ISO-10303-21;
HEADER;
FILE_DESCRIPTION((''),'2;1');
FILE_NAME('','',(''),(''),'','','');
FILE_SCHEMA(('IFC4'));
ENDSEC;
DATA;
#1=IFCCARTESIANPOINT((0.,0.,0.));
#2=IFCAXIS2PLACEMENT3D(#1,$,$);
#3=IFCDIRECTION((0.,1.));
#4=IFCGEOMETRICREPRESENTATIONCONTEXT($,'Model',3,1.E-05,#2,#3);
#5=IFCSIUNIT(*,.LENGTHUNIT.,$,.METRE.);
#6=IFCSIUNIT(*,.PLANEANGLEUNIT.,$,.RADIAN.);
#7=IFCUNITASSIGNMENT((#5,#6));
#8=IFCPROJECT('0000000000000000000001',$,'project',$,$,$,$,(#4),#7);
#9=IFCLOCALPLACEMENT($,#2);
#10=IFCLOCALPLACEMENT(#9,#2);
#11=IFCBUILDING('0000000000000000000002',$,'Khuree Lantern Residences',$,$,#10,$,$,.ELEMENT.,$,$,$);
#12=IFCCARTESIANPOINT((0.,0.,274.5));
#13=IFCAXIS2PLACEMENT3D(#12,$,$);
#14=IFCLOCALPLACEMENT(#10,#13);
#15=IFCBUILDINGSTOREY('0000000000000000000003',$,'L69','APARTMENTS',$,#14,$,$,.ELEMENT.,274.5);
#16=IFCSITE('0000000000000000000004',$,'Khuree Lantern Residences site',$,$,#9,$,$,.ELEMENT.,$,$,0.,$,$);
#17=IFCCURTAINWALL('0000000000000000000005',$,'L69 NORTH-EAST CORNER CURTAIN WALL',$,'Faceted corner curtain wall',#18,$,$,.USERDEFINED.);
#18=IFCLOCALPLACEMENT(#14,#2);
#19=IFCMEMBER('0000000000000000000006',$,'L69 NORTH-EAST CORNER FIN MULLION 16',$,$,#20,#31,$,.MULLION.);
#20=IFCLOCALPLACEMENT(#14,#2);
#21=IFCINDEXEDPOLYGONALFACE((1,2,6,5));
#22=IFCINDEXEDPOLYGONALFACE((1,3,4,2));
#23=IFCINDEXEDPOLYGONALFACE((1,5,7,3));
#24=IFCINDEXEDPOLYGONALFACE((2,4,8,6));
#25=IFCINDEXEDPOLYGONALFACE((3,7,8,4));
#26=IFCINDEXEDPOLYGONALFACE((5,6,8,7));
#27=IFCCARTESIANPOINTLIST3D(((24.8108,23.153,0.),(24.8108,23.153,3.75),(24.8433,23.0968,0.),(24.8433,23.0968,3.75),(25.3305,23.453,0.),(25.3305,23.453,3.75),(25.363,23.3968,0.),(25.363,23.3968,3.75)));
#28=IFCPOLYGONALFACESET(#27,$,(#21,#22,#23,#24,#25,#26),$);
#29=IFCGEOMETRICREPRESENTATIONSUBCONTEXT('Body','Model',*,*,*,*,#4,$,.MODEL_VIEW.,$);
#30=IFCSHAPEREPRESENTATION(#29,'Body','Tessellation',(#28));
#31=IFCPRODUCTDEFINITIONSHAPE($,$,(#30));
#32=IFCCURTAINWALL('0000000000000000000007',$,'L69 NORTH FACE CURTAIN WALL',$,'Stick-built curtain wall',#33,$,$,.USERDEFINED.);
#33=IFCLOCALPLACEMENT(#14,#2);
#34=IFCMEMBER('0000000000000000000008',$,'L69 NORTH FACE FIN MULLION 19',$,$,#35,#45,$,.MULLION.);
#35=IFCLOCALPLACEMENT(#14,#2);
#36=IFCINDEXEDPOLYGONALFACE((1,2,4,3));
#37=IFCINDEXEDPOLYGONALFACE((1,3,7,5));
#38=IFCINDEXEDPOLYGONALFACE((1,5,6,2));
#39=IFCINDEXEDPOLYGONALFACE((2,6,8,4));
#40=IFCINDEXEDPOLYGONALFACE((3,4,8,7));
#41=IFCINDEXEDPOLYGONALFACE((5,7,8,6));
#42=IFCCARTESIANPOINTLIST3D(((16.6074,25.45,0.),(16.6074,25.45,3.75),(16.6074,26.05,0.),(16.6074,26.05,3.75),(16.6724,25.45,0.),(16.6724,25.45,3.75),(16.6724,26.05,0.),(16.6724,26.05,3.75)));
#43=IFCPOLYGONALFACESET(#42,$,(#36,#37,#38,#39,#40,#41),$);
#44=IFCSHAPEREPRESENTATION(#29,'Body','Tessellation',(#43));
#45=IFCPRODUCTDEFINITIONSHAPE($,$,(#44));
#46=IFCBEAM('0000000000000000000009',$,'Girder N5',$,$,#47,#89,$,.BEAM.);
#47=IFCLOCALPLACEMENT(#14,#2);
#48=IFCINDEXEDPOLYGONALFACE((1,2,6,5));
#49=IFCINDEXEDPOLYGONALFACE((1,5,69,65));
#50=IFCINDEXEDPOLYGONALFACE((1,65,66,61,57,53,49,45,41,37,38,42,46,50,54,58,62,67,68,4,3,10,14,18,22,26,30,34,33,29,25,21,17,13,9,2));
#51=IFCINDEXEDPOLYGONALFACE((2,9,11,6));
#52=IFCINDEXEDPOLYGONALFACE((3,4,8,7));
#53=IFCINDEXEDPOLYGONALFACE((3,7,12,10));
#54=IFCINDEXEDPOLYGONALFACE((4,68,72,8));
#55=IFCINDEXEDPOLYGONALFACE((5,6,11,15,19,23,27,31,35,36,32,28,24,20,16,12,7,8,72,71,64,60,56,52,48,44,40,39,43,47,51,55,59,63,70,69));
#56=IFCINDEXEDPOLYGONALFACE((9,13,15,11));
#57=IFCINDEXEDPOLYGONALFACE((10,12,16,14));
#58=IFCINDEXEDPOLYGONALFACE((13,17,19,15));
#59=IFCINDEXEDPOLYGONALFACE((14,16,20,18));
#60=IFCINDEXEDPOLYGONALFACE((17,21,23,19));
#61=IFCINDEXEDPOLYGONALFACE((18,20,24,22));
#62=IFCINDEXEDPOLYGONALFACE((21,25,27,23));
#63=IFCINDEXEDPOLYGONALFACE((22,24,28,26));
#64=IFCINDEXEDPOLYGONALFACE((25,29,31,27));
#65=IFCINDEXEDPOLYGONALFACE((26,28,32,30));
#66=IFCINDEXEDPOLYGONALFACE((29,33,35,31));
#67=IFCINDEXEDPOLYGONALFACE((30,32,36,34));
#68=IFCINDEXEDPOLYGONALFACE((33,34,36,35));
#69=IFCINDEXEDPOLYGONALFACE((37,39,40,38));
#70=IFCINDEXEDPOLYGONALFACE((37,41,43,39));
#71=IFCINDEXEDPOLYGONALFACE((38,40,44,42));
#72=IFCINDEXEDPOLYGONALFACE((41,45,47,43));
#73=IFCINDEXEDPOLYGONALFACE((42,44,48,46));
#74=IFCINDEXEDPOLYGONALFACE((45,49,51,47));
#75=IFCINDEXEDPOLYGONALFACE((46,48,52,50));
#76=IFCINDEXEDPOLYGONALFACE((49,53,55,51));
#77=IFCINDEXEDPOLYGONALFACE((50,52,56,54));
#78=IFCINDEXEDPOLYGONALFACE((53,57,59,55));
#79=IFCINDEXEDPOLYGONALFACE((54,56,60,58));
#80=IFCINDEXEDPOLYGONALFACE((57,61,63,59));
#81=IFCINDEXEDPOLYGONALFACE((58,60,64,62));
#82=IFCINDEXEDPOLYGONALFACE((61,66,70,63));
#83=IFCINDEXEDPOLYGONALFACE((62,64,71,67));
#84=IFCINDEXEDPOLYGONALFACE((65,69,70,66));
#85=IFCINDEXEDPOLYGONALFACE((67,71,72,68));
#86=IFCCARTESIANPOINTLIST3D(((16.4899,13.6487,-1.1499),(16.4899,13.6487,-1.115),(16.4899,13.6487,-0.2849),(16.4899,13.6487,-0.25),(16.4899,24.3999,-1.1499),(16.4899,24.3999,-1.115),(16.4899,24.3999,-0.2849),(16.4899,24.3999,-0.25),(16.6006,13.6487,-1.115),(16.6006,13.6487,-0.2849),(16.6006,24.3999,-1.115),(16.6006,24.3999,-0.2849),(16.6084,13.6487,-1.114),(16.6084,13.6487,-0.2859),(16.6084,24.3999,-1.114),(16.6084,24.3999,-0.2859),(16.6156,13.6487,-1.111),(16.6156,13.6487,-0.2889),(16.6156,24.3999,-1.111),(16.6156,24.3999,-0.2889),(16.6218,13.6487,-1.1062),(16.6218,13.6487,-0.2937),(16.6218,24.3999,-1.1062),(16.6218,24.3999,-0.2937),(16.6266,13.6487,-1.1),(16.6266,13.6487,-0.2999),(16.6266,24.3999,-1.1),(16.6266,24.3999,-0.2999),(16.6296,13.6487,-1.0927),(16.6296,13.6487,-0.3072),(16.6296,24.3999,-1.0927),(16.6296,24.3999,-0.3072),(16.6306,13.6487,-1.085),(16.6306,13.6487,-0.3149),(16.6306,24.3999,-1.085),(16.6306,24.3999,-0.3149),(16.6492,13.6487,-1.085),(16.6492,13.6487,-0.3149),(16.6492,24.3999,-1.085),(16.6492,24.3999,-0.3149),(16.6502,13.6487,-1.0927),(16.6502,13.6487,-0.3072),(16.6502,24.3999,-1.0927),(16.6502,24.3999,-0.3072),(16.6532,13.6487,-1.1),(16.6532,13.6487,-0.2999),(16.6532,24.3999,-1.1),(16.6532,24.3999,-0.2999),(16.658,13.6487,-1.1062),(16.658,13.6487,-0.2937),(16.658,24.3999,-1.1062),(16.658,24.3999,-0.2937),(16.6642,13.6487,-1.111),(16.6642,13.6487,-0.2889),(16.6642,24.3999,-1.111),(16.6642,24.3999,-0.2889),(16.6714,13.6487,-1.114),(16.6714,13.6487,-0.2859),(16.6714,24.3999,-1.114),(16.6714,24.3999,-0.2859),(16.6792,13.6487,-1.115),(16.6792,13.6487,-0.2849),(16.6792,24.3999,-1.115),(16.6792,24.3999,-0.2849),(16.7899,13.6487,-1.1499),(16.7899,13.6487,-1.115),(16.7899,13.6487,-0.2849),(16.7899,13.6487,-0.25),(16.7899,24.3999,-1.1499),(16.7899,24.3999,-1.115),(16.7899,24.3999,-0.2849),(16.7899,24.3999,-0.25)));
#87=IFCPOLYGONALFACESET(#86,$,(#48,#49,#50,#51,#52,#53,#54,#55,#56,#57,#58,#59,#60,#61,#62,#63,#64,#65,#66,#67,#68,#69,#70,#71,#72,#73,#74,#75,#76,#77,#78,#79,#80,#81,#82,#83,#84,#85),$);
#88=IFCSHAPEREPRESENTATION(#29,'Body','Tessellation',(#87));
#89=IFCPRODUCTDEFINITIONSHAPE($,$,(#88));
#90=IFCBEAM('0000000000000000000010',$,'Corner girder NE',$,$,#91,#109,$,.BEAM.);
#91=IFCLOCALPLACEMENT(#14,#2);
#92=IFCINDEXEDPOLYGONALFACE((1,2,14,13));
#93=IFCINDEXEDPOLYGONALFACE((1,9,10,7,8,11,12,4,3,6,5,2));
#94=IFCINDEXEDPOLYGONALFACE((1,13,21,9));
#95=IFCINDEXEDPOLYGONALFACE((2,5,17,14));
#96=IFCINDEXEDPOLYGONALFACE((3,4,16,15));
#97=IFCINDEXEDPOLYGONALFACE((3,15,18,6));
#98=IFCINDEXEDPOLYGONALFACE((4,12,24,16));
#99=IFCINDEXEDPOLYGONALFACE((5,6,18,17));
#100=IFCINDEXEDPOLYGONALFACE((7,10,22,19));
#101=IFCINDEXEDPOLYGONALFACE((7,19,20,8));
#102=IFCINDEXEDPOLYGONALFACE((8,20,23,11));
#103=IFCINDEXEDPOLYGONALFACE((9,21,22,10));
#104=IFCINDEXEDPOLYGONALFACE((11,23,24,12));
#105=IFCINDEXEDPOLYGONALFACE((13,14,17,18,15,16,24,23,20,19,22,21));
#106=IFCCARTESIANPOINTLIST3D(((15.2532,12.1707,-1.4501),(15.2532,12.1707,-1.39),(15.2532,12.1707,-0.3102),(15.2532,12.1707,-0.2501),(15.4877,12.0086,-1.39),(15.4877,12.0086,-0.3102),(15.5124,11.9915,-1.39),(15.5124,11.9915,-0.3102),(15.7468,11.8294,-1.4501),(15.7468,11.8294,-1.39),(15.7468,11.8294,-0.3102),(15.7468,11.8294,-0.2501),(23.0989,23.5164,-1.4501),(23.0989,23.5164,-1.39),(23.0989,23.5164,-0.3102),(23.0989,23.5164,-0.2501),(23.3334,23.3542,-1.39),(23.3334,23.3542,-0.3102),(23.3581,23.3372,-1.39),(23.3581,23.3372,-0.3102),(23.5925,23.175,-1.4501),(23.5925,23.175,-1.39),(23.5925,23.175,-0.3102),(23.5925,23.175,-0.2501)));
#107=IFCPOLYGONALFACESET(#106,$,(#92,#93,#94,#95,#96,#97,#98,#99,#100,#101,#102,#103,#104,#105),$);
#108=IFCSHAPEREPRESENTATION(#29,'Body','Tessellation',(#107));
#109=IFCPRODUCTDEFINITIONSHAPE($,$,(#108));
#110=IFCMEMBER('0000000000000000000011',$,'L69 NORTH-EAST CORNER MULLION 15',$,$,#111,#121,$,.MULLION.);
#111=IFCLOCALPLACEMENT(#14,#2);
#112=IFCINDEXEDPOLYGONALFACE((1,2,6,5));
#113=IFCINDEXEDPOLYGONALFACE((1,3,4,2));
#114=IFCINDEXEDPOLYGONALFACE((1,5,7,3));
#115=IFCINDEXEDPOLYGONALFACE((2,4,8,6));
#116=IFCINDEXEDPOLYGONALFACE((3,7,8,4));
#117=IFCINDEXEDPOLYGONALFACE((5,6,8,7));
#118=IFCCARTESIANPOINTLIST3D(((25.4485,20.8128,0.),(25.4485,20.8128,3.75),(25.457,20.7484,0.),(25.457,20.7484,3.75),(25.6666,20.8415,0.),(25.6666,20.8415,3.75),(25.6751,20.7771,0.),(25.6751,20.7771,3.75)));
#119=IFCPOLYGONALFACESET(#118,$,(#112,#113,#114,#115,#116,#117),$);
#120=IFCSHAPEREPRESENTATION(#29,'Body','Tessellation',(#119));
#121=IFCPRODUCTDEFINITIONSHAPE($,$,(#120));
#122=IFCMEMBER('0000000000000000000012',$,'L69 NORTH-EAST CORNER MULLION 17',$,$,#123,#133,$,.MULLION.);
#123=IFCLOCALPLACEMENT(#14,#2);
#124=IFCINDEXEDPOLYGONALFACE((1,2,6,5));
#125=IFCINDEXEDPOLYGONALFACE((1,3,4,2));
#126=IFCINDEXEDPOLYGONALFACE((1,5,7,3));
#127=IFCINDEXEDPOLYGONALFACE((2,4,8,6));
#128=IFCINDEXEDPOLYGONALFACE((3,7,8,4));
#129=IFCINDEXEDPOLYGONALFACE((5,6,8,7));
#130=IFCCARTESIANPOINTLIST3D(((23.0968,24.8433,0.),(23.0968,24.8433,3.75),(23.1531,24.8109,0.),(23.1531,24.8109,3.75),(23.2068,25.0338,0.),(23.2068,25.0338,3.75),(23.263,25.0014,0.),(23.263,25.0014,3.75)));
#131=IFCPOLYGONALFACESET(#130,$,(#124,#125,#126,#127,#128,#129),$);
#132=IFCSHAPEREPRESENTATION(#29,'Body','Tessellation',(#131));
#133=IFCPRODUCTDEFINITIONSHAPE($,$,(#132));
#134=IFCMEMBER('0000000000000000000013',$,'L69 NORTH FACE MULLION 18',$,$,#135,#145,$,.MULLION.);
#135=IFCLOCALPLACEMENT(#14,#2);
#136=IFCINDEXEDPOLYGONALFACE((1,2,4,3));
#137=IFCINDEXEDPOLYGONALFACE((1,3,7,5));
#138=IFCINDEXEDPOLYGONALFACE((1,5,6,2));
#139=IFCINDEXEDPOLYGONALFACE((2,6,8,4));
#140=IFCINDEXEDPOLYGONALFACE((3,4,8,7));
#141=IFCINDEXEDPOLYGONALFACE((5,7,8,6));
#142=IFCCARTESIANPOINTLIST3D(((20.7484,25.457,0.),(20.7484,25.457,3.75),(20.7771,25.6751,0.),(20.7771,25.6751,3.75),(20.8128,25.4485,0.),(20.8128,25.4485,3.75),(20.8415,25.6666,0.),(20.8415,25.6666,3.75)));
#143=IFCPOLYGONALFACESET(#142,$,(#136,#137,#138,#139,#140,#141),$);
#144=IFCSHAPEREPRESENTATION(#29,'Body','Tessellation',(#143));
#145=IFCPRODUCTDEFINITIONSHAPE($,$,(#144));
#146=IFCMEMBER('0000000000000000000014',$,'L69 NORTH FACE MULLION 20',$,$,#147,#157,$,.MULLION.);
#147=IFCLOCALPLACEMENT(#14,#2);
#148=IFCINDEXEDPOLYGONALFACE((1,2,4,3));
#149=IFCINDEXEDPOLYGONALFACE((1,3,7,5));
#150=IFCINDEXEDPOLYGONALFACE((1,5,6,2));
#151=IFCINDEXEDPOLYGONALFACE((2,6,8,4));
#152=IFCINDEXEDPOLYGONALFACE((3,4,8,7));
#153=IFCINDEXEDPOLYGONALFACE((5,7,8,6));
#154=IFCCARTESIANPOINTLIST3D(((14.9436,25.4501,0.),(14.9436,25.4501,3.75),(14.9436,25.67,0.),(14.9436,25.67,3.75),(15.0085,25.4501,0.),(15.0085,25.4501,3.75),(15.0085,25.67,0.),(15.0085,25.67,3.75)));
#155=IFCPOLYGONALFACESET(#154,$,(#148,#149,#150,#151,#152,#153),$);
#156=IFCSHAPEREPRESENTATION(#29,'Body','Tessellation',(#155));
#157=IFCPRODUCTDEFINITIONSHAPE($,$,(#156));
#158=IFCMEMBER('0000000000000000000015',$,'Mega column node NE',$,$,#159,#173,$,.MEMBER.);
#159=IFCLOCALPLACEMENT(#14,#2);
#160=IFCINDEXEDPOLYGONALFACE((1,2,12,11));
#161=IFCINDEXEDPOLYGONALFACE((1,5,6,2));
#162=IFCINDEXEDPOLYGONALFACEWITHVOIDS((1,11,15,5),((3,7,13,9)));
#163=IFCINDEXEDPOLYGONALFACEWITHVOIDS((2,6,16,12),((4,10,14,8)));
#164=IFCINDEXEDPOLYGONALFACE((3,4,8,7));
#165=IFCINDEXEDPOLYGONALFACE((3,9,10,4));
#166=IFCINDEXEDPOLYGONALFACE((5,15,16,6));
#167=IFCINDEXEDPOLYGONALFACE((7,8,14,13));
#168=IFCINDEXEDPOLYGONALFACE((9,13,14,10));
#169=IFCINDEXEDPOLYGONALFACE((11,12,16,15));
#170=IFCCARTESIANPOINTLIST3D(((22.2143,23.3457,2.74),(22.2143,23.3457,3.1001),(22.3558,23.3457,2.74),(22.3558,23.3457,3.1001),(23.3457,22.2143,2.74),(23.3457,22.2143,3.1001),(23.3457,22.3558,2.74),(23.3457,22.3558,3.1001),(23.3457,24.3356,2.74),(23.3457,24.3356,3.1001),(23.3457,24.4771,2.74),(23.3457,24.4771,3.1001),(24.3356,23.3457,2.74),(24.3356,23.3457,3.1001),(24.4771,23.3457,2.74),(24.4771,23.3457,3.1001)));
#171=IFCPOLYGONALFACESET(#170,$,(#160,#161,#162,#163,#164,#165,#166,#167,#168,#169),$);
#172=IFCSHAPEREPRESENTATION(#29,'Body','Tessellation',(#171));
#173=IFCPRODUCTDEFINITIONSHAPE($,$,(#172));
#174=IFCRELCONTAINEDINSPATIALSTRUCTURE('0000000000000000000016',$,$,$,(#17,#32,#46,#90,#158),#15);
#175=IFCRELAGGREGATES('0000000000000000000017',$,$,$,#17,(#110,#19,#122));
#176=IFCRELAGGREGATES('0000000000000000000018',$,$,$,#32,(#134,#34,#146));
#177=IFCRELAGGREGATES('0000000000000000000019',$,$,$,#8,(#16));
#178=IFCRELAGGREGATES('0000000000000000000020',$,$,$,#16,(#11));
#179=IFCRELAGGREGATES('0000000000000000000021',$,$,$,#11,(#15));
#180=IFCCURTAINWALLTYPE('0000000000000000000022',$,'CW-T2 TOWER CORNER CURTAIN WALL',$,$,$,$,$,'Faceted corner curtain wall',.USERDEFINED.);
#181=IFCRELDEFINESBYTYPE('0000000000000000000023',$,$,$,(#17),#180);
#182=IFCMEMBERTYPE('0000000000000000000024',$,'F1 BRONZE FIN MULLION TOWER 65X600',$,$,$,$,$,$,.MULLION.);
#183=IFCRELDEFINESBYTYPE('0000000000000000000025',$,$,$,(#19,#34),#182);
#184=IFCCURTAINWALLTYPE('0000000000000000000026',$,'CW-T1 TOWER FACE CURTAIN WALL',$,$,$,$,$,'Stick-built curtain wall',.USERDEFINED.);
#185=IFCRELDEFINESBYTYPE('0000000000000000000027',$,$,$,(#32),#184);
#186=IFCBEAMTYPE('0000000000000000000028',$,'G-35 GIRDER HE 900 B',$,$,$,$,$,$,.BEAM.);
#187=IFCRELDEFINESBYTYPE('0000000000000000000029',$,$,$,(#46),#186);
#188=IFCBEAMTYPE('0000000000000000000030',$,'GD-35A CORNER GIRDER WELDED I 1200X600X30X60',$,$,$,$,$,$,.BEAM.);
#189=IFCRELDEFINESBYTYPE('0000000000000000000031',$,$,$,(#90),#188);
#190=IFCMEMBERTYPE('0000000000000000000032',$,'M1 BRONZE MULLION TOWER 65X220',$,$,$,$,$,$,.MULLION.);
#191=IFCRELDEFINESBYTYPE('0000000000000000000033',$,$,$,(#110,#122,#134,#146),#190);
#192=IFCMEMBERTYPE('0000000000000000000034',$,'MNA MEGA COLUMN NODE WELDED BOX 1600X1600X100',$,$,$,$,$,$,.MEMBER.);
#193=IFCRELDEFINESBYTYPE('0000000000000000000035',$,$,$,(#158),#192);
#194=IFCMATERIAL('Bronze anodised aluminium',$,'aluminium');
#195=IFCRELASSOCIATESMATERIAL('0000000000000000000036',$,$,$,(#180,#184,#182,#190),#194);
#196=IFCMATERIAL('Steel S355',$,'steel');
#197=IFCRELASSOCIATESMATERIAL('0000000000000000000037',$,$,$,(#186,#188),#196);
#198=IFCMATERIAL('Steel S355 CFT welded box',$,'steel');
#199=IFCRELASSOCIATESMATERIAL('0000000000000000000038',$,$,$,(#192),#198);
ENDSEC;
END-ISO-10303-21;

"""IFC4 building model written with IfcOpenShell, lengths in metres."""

from ifc_helpers import new_model, si_unit, direction, frame, origin, origin_2d, place, context, subcontext, project, spatial, rectangle, hollow_rectangle, i_section, extrude, material, material_profile, profile_set, type_object, element, aggregate, save


model = new_model("IFC4")

# Units and contexts
model_context = context("Model", 3, precision=1e-05, world=origin(), true_north=direction((0.0, 1.0)))
body_context = subcontext(model_context, "Body", "Model", "MODEL_VIEW")
ifc_project = project(units=[si_unit("LENGTHUNIT", "METRE"), si_unit("PLANEANGLEUNIT", "RADIAN")], contexts=[model_context])

# Site, building, storey
site_placement = place(None, origin())
site = spatial("IfcSite", under=ifc_project, at=site_placement, Name="Khuree Lantern Residences site", CompositionType="ELEMENT", RefElevation=0.0)
building_placement = place(site_placement, origin())
building = spatial("IfcBuilding", under=site, at=building_placement, Name="Khuree Lantern Residences", CompositionType="ELEMENT")
storey_placement = place(building_placement, frame((0.0, 0.0, 274.5)))
storey = spatial("IfcBuildingStorey", under=building, at=storey_placement, Name="L69", Description="APARTMENTS", CompositionType="ELEMENT", Elevation=274.5)

# Shared definitions
ifc_material_1 = material(Name="Steel S355 CFT welded box", Category="steel")

# Shared definitions
ifc_material_2 = material(Name="Steel S355", Category="steel")

# Curtain walls, members
ifc_material_3 = material(Name="Bronze anodised aluminium", Category="aluminium")
curtain_wall_type_1 = type_object("IfcCurtainWallType", Name="CW-T2 TOWER CORNER CURTAIN WALL", ElementType="Faceted corner curtain wall", PredefinedType="USERDEFINED", material=ifc_material_3)
curtain_wall_1_placement = place(storey_placement, origin())
curtain_wall_1 = element("IfcCurtainWall", 1, at=curtain_wall_1_placement, inside=storey, type_object=curtain_wall_type_1, Name="L69 NORTH-EAST CORNER CURTAIN WALL", ObjectType="Faceted corner curtain wall", PredefinedType="USERDEFINED")
ifc_material_profile_1 = material_profile(ifc_material_3, rectangle(XDim=0.0649, YDim=0.6001, at=origin_2d()), Name="F1 65X600")
ifc_profile_set_1 = profile_set([ifc_material_profile_1], Name="Bronze anodised aluminium")
member_type_1 = type_object("IfcMemberType", Name="F1 BRONZE FIN MULLION TOWER 65X600", PredefinedType="MULLION", material=ifc_profile_set_1)
member_1_placement = place(storey_placement, frame((25.0869, 23.2749, 0.0), z_axis=(0.0, 0.0, 1.0), x_axis=(-0.5, 0.866025, 0.0)))
member_1 = element("IfcMember", 2, at=member_1_placement, type_object=member_type_1, Name="L69 NORTH-EAST CORNER FIN MULLION 16", PredefinedType="MULLION", context=body_context, shape_type="SweptSolid", body=[
    extrude(rectangle(XDim=0.0649, YDim=0.6001, at=origin_2d()), origin(), (0.0, 0.0, 1.0), 3.75),
])
curtain_wall_type_2 = type_object("IfcCurtainWallType", Name="CW-T1 TOWER FACE CURTAIN WALL", ElementType="Stick-built curtain wall", PredefinedType="USERDEFINED", material=ifc_material_3)
curtain_wall_2_placement = place(storey_placement, origin())
curtain_wall_2 = element("IfcCurtainWall", 3, at=curtain_wall_2_placement, inside=storey, type_object=curtain_wall_type_2, Name="L69 NORTH FACE CURTAIN WALL", ObjectType="Stick-built curtain wall", PredefinedType="USERDEFINED")
member_2_placement = place(storey_placement, frame((16.6399, 25.75, 0.0), z_axis=(0.0, 0.0, 1.0), x_axis=(-1.0, 0.0, 0.0)))
member_2 = element("IfcMember", 4, at=member_2_placement, type_object=member_type_1, Name="L69 NORTH FACE FIN MULLION 19", PredefinedType="MULLION", context=body_context, shape_type="SweptSolid", body=[
    extrude(rectangle(XDim=0.0649, YDim=0.6001, at=origin_2d()), origin(), (0.0, 0.0, 1.0), 3.75),
])

# Beams
ifc_material_profile_2 = material_profile(ifc_material_2, i_section(OverallWidth=0.3, OverallDepth=0.8999, WebThickness=0.0186, FlangeThickness=0.0349, FilletRadius=0.03, at=origin_2d()), Name="HE 900 B")
ifc_profile_set_2 = profile_set([ifc_material_profile_2], Name="Steel S355")
beam_type_1 = type_object("IfcBeamType", Name="G-35 GIRDER HE 900 B", PredefinedType="BEAM", material=ifc_profile_set_2)
beam_1_placement = place(storey_placement, frame((16.6399, 24.3999, -0.7), z_axis=(0.0, -1.0, 0.0), x_axis=(1.0, 0.0, 0.0)))
element("IfcBeam", 5, at=beam_1_placement, inside=storey, type_object=beam_type_1, Name="Girder N5", PredefinedType="BEAM", context=body_context, shape_type="SweptSolid", body=[
    extrude(i_section(OverallWidth=0.3, OverallDepth=0.8999, WebThickness=0.0186, FlangeThickness=0.0349, FilletRadius=0.03, at=origin_2d()), origin(), (0.0, 0.0, 1.0), 10.7512),
])
ifc_material_profile_3 = material_profile(ifc_material_2, i_section(OverallWidth=0.6001, OverallDepth=1.2, WebThickness=0.03, FlangeThickness=0.0601, at=origin_2d()), Name="WELDED I 1200X600X30X60")
ifc_profile_set_3 = profile_set([ifc_material_profile_3], Name="Steel S355")
beam_type_2 = type_object("IfcBeamType", Name="GD-35A CORNER GIRDER WELDED I 1200X600X30X60", PredefinedType="BEAM", material=ifc_profile_set_3)
beam_2_placement = place(storey_placement, frame((23.3457, 23.3457, -0.8501), z_axis=(-0.568768, -0.822498, 0.0), x_axis=(0.822498, -0.568768, 0.0)))
element("IfcBeam", 6, at=beam_2_placement, inside=storey, type_object=beam_type_2, Name="Corner girder NE", PredefinedType="BEAM", context=body_context, shape_type="SweptSolid", body=[
    extrude(i_section(OverallWidth=0.6001, OverallDepth=1.2, WebThickness=0.03, FlangeThickness=0.0601, at=origin_2d()), origin(), (0.0, 0.0, 1.0), 13.7942),
])

# Members
ifc_material_profile_4 = material_profile(ifc_material_3, rectangle(XDim=0.0649, YDim=0.22, at=origin_2d()), Name="M1 65X220")
ifc_profile_set_4 = profile_set([ifc_material_profile_4], Name="Bronze anodised aluminium")
member_type_2 = type_object("IfcMemberType", Name="M1 BRONZE MULLION TOWER 65X220", PredefinedType="MULLION", material=ifc_profile_set_4)
member_3_placement = place(storey_placement, frame((25.5618, 20.7949, 0.0), z_axis=(0.0, 0.0, 1.0), x_axis=(-0.130526, 0.991445, 0.0)))
member_3 = element("IfcMember", 7, at=member_3_placement, type_object=member_type_2, Name="L69 NORTH-EAST CORNER MULLION 15", PredefinedType="MULLION", context=body_context, shape_type="SweptSolid", body=[
    extrude(rectangle(XDim=0.0649, YDim=0.22, at=origin_2d()), origin(), (0.0, 0.0, 1.0), 3.75),
])
member_4_placement = place(storey_placement, frame((23.1799, 24.9224, 0.0), z_axis=(0.0, 0.0, 1.0), x_axis=(-0.866025, 0.5, 0.0)))
member_4 = element("IfcMember", 8, at=member_4_placement, type_object=member_type_2, Name="L69 NORTH-EAST CORNER MULLION 17", PredefinedType="MULLION", context=body_context, shape_type="SweptSolid", body=[
    extrude(rectangle(XDim=0.0649, YDim=0.22, at=origin_2d()), origin(), (0.0, 0.0, 1.0), 3.75),
])
member_5_placement = place(storey_placement, frame((20.7949, 25.5618, 0.0), z_axis=(0.0, 0.0, 1.0), x_axis=(-0.991445, 0.130526, 0.0)))
member_5 = element("IfcMember", 9, at=member_5_placement, type_object=member_type_2, Name="L69 NORTH FACE MULLION 18", PredefinedType="MULLION", context=body_context, shape_type="SweptSolid", body=[
    extrude(rectangle(XDim=0.0649, YDim=0.22, at=origin_2d()), origin(), (0.0, 0.0, 1.0), 3.75),
])
member_6_placement = place(storey_placement, frame((14.9761, 25.5601, 0.0), z_axis=(0.0, 0.0, 1.0), x_axis=(-1.0, 0.0, 0.0)))
member_6 = element("IfcMember", 10, at=member_6_placement, type_object=member_type_2, Name="L69 NORTH FACE MULLION 20", PredefinedType="MULLION", context=body_context, shape_type="SweptSolid", body=[
    extrude(rectangle(XDim=0.0649, YDim=0.22, at=origin_2d()), origin(), (0.0, 0.0, 1.0), 3.75),
])

# Member
ifc_material_profile_5 = material_profile(ifc_material_1, hollow_rectangle(XDim=1.6001, YDim=1.6001, WallThickness=0.1001, at=origin_2d()), Name="WELDED BOX 1600X1600X100")
ifc_profile_set_5 = profile_set([ifc_material_profile_5], Name="Steel S355 CFT welded box")
member_type_3 = type_object("IfcMemberType", Name="MNA MEGA COLUMN NODE WELDED BOX 1600X1600X100", PredefinedType="MEMBER", material=ifc_profile_set_5)
member_7_placement = place(storey_placement, frame((23.3457, 23.3457, 2.74), z_axis=(0.0, 0.0, 1.0), x_axis=(0.707107, -0.707107, 0.0)))
element("IfcMember", 11, at=member_7_placement, inside=storey, type_object=member_type_3, Name="Mega column node NE", PredefinedType="MEMBER", context=body_context, shape_type="SweptSolid", body=[
    extrude(hollow_rectangle(XDim=1.6001, YDim=1.6001, WallThickness=0.1001, at=origin_2d()), origin(), (0.0, 0.0, 1.0), 0.3601),
])

aggregate(curtain_wall_1, [member_3, member_1, member_4])
aggregate(curtain_wall_2, [member_5, member_2, member_6])

save(model, "model.ifc")
